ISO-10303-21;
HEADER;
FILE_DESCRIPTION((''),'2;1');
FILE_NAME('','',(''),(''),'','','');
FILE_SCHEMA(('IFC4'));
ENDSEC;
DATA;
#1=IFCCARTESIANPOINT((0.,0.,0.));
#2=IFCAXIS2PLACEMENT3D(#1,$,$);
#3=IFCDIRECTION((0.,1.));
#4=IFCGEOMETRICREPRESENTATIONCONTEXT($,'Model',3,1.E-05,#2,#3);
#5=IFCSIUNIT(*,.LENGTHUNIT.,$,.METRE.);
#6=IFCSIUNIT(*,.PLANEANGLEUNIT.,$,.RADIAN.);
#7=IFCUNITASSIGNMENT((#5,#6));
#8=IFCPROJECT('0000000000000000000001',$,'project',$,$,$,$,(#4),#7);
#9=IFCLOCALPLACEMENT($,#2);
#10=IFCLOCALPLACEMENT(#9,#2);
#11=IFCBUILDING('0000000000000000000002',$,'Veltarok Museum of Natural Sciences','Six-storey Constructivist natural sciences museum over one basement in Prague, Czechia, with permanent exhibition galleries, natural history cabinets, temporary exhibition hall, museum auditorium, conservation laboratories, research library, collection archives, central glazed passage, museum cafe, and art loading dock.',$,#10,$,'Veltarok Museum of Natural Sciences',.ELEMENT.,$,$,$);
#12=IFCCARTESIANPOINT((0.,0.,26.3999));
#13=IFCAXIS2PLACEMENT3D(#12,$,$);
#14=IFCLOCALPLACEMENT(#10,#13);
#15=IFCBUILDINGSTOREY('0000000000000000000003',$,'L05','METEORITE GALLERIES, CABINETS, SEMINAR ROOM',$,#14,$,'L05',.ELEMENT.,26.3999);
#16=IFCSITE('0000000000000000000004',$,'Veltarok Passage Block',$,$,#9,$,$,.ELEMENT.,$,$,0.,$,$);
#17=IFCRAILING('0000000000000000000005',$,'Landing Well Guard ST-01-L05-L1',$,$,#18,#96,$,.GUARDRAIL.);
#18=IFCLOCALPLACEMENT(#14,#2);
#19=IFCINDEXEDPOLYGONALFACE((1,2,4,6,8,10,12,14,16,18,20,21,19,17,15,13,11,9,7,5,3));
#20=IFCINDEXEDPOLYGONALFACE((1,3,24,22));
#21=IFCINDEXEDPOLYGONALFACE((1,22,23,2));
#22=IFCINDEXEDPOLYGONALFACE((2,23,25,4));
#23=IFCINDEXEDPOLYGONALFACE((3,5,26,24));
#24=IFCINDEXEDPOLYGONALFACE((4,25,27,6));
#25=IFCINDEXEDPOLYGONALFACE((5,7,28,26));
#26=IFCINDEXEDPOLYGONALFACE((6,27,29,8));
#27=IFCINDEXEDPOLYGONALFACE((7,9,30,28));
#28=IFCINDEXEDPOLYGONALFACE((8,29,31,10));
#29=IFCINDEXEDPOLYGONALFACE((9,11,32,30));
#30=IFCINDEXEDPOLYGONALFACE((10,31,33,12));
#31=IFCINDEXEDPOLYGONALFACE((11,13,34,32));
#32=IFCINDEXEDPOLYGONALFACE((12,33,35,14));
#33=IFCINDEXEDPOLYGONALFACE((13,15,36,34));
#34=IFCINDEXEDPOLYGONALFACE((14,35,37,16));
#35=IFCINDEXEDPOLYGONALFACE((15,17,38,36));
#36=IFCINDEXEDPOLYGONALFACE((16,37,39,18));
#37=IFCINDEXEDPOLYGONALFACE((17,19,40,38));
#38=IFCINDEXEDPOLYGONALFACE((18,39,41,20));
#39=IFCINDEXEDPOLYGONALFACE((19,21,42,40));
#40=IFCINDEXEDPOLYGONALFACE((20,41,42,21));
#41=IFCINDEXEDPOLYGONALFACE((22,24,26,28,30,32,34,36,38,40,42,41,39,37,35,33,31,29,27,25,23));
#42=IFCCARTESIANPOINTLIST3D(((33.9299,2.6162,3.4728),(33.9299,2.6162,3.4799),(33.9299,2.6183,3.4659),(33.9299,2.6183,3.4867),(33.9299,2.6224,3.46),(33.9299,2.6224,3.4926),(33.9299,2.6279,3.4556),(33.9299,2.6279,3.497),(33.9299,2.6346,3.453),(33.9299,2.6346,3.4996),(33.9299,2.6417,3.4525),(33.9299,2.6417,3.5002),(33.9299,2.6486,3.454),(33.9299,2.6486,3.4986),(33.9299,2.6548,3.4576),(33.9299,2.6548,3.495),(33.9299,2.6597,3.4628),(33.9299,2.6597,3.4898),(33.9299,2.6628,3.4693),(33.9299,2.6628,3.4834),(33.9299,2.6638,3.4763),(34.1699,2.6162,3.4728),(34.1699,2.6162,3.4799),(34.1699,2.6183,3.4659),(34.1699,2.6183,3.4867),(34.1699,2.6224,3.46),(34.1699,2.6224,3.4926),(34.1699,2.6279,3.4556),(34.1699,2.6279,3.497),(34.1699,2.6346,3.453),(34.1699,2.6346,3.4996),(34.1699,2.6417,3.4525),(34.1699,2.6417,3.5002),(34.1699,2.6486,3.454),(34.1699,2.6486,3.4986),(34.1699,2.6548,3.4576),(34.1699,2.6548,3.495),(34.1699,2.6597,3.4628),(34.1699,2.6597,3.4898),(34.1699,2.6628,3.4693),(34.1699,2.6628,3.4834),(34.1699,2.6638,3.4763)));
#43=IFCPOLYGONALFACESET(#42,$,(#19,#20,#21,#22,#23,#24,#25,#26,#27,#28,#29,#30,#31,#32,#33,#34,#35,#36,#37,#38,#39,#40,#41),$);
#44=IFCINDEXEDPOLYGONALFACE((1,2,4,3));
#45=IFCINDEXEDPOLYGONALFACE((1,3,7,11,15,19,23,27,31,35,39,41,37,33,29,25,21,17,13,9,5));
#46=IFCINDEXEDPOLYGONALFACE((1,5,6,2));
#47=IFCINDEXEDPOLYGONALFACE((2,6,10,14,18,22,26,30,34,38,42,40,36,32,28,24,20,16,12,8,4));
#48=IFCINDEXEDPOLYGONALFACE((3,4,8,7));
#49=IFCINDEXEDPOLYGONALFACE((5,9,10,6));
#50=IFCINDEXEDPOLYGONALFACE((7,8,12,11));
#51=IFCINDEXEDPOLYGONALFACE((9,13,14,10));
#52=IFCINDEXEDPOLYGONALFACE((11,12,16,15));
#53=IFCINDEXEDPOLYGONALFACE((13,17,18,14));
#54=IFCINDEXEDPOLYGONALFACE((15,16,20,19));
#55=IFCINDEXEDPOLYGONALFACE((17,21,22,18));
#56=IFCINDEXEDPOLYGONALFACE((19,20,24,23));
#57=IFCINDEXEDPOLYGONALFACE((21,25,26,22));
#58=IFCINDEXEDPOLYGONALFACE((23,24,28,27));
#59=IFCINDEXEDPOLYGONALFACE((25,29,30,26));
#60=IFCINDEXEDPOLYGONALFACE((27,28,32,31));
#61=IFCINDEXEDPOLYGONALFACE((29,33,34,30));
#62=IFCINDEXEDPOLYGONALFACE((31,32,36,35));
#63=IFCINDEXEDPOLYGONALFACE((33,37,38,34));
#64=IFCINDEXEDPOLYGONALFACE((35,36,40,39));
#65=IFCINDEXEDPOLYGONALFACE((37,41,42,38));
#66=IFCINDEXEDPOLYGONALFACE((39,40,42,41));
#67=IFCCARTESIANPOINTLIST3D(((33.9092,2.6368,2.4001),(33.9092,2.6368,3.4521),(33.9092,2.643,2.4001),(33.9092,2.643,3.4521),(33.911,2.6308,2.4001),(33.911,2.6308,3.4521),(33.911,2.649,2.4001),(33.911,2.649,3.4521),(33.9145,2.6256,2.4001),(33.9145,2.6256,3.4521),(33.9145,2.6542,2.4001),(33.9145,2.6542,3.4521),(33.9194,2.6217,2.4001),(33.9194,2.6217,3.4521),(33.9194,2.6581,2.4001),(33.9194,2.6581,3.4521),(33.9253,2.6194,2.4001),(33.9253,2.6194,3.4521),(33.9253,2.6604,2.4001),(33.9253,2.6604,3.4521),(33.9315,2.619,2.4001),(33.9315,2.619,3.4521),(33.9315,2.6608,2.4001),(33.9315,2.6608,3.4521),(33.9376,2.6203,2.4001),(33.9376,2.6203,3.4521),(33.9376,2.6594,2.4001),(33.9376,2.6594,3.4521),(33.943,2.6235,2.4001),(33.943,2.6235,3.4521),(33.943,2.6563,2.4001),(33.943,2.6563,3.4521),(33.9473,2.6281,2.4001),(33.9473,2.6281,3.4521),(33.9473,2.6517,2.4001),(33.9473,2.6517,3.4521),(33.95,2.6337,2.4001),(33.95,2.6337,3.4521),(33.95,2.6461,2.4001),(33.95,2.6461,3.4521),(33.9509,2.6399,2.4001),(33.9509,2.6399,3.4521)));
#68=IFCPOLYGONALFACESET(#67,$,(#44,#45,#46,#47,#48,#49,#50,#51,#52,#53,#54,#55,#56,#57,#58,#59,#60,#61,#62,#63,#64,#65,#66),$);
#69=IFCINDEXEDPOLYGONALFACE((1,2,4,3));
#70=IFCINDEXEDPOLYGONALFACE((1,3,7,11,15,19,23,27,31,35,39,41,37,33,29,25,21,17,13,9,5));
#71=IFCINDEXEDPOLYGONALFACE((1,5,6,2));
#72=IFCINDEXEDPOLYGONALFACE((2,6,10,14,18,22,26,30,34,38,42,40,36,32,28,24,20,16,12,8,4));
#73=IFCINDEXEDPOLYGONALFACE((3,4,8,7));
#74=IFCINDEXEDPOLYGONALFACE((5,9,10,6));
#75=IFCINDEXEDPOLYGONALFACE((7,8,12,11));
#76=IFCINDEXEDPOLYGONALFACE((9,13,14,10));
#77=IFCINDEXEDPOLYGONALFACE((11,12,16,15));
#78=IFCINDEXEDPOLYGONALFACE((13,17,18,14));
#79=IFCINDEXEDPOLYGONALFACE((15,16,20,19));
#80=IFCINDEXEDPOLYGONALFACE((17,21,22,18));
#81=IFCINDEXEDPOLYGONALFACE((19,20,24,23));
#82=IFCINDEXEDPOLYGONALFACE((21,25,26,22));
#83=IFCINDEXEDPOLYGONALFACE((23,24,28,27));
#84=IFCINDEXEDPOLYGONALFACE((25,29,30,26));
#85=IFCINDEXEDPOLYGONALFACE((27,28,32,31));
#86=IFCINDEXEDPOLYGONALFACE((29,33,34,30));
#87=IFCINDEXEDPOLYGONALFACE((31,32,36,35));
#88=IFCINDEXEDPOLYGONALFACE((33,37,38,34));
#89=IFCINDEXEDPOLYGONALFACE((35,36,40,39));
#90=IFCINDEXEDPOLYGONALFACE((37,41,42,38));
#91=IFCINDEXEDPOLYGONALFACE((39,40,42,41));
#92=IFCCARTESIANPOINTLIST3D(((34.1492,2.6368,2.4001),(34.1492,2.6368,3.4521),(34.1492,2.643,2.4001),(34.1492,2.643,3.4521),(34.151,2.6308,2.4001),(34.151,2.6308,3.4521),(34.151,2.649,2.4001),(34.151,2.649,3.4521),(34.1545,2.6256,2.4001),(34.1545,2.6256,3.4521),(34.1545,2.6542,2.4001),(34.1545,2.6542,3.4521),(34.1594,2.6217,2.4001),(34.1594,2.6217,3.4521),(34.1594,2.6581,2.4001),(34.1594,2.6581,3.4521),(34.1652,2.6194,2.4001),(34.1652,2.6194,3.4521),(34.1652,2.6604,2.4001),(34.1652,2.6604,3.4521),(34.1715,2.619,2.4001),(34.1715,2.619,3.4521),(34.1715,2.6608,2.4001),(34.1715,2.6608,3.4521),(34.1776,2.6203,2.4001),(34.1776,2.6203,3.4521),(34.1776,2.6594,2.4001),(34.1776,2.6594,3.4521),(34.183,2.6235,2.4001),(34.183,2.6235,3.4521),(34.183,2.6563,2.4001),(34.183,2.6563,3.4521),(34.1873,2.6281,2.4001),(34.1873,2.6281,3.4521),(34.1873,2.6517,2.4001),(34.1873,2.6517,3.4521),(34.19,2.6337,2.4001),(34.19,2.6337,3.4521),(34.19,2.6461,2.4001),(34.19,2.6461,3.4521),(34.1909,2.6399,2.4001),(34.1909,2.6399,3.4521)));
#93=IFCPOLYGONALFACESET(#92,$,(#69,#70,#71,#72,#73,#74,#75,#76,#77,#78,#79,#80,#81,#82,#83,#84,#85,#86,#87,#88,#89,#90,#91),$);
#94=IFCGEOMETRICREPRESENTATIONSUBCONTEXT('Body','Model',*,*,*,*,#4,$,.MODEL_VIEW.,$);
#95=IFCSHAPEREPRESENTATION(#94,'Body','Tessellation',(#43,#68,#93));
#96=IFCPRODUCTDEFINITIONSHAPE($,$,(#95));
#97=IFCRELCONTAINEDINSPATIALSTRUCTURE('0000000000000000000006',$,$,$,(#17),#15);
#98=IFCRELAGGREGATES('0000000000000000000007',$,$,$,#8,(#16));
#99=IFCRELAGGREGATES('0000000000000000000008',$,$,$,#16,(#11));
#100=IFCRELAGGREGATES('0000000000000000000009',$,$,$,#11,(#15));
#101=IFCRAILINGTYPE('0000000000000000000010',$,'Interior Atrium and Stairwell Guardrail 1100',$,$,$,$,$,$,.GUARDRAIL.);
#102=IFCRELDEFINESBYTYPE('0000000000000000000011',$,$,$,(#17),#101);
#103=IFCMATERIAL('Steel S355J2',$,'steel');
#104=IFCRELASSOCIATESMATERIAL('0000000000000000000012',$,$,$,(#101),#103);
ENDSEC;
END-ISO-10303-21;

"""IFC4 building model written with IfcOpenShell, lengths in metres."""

from ifc_helpers import new_model, si_unit, direction, frame, origin, origin_2d, place, context, subcontext, project, spatial, circle, extrude, material, type_object, element, save


model = new_model("IFC4")

# Units and contexts
model_context = context("Model", 3, precision=1e-05, world=origin(), true_north=direction((0.0, 1.0)))
body_context = subcontext(model_context, "Body", "Model", "MODEL_VIEW")
ifc_project = project(units=[si_unit("LENGTHUNIT", "METRE"), si_unit("PLANEANGLEUNIT", "RADIAN")], contexts=[model_context])

# Site, building, storey
site_placement = place(None, origin())
site = spatial("IfcSite", under=ifc_project, at=site_placement, Name="Veltarok Passage Block", CompositionType="ELEMENT", RefElevation=0.0)
building_placement = place(site_placement, origin())
building = spatial("IfcBuilding", under=site, at=building_placement, Name="Veltarok Museum of Natural Sciences", Description="Six-storey Constructivist natural sciences museum over one basement in Prague, Czechia, with permanent exhibition galleries, natural history cabinets, temporary exhibition hall, museum auditorium, conservation laboratories, research library, collection archives, central glazed passage, museum cafe, and art loading dock.", LongName="Veltarok Museum of Natural Sciences", CompositionType="ELEMENT")
storey_placement = place(building_placement, frame((0.0, 0.0, 26.3999)))
storey = spatial("IfcBuildingStorey", under=building, at=storey_placement, Name="L05", Description="METEORITE GALLERIES, CABINETS, SEMINAR ROOM", LongName="L05", CompositionType="ELEMENT", Elevation=26.3999)

# Shared definitions
ifc_material_1 = material(Name="Steel S355J2", Category="steel")

# Railing
railing_type_1 = type_object("IfcRailingType", Name="Interior Atrium and Stairwell Guardrail 1100", PredefinedType="GUARDRAIL", material=ifc_material_1)
for number, where, name in (
    (1, (33.9299, 2.6399, 2.4001), "Landing Well Guard ST-01-L05-L1"),
):
    element("IfcRailing", number, at=place(storey_placement, frame(where)), inside=storey, type_object=railing_type_1, Name=name, PredefinedType="GUARDRAIL", context=body_context, shape_type="SweptSolid", body=[
        extrude(circle(Radius=0.0239, at=origin_2d()), frame((0.0, 0.0, 1.0762), z_axis=(1.0, 0.0, 0.0), x_axis=(0.0, 1.0, 0.0)), (0.0, 0.0, 1.0), 0.24),
        extrude(circle(Radius=0.021, at=origin_2d()), origin(), (0.0, 0.0, 1.0), 1.052),
        extrude(circle(Radius=0.021, at=origin_2d()), frame((0.24, 0.0, 0.0)), (0.0, 0.0, 1.0), 1.052),
    ])

save(model, "model.ifc")
